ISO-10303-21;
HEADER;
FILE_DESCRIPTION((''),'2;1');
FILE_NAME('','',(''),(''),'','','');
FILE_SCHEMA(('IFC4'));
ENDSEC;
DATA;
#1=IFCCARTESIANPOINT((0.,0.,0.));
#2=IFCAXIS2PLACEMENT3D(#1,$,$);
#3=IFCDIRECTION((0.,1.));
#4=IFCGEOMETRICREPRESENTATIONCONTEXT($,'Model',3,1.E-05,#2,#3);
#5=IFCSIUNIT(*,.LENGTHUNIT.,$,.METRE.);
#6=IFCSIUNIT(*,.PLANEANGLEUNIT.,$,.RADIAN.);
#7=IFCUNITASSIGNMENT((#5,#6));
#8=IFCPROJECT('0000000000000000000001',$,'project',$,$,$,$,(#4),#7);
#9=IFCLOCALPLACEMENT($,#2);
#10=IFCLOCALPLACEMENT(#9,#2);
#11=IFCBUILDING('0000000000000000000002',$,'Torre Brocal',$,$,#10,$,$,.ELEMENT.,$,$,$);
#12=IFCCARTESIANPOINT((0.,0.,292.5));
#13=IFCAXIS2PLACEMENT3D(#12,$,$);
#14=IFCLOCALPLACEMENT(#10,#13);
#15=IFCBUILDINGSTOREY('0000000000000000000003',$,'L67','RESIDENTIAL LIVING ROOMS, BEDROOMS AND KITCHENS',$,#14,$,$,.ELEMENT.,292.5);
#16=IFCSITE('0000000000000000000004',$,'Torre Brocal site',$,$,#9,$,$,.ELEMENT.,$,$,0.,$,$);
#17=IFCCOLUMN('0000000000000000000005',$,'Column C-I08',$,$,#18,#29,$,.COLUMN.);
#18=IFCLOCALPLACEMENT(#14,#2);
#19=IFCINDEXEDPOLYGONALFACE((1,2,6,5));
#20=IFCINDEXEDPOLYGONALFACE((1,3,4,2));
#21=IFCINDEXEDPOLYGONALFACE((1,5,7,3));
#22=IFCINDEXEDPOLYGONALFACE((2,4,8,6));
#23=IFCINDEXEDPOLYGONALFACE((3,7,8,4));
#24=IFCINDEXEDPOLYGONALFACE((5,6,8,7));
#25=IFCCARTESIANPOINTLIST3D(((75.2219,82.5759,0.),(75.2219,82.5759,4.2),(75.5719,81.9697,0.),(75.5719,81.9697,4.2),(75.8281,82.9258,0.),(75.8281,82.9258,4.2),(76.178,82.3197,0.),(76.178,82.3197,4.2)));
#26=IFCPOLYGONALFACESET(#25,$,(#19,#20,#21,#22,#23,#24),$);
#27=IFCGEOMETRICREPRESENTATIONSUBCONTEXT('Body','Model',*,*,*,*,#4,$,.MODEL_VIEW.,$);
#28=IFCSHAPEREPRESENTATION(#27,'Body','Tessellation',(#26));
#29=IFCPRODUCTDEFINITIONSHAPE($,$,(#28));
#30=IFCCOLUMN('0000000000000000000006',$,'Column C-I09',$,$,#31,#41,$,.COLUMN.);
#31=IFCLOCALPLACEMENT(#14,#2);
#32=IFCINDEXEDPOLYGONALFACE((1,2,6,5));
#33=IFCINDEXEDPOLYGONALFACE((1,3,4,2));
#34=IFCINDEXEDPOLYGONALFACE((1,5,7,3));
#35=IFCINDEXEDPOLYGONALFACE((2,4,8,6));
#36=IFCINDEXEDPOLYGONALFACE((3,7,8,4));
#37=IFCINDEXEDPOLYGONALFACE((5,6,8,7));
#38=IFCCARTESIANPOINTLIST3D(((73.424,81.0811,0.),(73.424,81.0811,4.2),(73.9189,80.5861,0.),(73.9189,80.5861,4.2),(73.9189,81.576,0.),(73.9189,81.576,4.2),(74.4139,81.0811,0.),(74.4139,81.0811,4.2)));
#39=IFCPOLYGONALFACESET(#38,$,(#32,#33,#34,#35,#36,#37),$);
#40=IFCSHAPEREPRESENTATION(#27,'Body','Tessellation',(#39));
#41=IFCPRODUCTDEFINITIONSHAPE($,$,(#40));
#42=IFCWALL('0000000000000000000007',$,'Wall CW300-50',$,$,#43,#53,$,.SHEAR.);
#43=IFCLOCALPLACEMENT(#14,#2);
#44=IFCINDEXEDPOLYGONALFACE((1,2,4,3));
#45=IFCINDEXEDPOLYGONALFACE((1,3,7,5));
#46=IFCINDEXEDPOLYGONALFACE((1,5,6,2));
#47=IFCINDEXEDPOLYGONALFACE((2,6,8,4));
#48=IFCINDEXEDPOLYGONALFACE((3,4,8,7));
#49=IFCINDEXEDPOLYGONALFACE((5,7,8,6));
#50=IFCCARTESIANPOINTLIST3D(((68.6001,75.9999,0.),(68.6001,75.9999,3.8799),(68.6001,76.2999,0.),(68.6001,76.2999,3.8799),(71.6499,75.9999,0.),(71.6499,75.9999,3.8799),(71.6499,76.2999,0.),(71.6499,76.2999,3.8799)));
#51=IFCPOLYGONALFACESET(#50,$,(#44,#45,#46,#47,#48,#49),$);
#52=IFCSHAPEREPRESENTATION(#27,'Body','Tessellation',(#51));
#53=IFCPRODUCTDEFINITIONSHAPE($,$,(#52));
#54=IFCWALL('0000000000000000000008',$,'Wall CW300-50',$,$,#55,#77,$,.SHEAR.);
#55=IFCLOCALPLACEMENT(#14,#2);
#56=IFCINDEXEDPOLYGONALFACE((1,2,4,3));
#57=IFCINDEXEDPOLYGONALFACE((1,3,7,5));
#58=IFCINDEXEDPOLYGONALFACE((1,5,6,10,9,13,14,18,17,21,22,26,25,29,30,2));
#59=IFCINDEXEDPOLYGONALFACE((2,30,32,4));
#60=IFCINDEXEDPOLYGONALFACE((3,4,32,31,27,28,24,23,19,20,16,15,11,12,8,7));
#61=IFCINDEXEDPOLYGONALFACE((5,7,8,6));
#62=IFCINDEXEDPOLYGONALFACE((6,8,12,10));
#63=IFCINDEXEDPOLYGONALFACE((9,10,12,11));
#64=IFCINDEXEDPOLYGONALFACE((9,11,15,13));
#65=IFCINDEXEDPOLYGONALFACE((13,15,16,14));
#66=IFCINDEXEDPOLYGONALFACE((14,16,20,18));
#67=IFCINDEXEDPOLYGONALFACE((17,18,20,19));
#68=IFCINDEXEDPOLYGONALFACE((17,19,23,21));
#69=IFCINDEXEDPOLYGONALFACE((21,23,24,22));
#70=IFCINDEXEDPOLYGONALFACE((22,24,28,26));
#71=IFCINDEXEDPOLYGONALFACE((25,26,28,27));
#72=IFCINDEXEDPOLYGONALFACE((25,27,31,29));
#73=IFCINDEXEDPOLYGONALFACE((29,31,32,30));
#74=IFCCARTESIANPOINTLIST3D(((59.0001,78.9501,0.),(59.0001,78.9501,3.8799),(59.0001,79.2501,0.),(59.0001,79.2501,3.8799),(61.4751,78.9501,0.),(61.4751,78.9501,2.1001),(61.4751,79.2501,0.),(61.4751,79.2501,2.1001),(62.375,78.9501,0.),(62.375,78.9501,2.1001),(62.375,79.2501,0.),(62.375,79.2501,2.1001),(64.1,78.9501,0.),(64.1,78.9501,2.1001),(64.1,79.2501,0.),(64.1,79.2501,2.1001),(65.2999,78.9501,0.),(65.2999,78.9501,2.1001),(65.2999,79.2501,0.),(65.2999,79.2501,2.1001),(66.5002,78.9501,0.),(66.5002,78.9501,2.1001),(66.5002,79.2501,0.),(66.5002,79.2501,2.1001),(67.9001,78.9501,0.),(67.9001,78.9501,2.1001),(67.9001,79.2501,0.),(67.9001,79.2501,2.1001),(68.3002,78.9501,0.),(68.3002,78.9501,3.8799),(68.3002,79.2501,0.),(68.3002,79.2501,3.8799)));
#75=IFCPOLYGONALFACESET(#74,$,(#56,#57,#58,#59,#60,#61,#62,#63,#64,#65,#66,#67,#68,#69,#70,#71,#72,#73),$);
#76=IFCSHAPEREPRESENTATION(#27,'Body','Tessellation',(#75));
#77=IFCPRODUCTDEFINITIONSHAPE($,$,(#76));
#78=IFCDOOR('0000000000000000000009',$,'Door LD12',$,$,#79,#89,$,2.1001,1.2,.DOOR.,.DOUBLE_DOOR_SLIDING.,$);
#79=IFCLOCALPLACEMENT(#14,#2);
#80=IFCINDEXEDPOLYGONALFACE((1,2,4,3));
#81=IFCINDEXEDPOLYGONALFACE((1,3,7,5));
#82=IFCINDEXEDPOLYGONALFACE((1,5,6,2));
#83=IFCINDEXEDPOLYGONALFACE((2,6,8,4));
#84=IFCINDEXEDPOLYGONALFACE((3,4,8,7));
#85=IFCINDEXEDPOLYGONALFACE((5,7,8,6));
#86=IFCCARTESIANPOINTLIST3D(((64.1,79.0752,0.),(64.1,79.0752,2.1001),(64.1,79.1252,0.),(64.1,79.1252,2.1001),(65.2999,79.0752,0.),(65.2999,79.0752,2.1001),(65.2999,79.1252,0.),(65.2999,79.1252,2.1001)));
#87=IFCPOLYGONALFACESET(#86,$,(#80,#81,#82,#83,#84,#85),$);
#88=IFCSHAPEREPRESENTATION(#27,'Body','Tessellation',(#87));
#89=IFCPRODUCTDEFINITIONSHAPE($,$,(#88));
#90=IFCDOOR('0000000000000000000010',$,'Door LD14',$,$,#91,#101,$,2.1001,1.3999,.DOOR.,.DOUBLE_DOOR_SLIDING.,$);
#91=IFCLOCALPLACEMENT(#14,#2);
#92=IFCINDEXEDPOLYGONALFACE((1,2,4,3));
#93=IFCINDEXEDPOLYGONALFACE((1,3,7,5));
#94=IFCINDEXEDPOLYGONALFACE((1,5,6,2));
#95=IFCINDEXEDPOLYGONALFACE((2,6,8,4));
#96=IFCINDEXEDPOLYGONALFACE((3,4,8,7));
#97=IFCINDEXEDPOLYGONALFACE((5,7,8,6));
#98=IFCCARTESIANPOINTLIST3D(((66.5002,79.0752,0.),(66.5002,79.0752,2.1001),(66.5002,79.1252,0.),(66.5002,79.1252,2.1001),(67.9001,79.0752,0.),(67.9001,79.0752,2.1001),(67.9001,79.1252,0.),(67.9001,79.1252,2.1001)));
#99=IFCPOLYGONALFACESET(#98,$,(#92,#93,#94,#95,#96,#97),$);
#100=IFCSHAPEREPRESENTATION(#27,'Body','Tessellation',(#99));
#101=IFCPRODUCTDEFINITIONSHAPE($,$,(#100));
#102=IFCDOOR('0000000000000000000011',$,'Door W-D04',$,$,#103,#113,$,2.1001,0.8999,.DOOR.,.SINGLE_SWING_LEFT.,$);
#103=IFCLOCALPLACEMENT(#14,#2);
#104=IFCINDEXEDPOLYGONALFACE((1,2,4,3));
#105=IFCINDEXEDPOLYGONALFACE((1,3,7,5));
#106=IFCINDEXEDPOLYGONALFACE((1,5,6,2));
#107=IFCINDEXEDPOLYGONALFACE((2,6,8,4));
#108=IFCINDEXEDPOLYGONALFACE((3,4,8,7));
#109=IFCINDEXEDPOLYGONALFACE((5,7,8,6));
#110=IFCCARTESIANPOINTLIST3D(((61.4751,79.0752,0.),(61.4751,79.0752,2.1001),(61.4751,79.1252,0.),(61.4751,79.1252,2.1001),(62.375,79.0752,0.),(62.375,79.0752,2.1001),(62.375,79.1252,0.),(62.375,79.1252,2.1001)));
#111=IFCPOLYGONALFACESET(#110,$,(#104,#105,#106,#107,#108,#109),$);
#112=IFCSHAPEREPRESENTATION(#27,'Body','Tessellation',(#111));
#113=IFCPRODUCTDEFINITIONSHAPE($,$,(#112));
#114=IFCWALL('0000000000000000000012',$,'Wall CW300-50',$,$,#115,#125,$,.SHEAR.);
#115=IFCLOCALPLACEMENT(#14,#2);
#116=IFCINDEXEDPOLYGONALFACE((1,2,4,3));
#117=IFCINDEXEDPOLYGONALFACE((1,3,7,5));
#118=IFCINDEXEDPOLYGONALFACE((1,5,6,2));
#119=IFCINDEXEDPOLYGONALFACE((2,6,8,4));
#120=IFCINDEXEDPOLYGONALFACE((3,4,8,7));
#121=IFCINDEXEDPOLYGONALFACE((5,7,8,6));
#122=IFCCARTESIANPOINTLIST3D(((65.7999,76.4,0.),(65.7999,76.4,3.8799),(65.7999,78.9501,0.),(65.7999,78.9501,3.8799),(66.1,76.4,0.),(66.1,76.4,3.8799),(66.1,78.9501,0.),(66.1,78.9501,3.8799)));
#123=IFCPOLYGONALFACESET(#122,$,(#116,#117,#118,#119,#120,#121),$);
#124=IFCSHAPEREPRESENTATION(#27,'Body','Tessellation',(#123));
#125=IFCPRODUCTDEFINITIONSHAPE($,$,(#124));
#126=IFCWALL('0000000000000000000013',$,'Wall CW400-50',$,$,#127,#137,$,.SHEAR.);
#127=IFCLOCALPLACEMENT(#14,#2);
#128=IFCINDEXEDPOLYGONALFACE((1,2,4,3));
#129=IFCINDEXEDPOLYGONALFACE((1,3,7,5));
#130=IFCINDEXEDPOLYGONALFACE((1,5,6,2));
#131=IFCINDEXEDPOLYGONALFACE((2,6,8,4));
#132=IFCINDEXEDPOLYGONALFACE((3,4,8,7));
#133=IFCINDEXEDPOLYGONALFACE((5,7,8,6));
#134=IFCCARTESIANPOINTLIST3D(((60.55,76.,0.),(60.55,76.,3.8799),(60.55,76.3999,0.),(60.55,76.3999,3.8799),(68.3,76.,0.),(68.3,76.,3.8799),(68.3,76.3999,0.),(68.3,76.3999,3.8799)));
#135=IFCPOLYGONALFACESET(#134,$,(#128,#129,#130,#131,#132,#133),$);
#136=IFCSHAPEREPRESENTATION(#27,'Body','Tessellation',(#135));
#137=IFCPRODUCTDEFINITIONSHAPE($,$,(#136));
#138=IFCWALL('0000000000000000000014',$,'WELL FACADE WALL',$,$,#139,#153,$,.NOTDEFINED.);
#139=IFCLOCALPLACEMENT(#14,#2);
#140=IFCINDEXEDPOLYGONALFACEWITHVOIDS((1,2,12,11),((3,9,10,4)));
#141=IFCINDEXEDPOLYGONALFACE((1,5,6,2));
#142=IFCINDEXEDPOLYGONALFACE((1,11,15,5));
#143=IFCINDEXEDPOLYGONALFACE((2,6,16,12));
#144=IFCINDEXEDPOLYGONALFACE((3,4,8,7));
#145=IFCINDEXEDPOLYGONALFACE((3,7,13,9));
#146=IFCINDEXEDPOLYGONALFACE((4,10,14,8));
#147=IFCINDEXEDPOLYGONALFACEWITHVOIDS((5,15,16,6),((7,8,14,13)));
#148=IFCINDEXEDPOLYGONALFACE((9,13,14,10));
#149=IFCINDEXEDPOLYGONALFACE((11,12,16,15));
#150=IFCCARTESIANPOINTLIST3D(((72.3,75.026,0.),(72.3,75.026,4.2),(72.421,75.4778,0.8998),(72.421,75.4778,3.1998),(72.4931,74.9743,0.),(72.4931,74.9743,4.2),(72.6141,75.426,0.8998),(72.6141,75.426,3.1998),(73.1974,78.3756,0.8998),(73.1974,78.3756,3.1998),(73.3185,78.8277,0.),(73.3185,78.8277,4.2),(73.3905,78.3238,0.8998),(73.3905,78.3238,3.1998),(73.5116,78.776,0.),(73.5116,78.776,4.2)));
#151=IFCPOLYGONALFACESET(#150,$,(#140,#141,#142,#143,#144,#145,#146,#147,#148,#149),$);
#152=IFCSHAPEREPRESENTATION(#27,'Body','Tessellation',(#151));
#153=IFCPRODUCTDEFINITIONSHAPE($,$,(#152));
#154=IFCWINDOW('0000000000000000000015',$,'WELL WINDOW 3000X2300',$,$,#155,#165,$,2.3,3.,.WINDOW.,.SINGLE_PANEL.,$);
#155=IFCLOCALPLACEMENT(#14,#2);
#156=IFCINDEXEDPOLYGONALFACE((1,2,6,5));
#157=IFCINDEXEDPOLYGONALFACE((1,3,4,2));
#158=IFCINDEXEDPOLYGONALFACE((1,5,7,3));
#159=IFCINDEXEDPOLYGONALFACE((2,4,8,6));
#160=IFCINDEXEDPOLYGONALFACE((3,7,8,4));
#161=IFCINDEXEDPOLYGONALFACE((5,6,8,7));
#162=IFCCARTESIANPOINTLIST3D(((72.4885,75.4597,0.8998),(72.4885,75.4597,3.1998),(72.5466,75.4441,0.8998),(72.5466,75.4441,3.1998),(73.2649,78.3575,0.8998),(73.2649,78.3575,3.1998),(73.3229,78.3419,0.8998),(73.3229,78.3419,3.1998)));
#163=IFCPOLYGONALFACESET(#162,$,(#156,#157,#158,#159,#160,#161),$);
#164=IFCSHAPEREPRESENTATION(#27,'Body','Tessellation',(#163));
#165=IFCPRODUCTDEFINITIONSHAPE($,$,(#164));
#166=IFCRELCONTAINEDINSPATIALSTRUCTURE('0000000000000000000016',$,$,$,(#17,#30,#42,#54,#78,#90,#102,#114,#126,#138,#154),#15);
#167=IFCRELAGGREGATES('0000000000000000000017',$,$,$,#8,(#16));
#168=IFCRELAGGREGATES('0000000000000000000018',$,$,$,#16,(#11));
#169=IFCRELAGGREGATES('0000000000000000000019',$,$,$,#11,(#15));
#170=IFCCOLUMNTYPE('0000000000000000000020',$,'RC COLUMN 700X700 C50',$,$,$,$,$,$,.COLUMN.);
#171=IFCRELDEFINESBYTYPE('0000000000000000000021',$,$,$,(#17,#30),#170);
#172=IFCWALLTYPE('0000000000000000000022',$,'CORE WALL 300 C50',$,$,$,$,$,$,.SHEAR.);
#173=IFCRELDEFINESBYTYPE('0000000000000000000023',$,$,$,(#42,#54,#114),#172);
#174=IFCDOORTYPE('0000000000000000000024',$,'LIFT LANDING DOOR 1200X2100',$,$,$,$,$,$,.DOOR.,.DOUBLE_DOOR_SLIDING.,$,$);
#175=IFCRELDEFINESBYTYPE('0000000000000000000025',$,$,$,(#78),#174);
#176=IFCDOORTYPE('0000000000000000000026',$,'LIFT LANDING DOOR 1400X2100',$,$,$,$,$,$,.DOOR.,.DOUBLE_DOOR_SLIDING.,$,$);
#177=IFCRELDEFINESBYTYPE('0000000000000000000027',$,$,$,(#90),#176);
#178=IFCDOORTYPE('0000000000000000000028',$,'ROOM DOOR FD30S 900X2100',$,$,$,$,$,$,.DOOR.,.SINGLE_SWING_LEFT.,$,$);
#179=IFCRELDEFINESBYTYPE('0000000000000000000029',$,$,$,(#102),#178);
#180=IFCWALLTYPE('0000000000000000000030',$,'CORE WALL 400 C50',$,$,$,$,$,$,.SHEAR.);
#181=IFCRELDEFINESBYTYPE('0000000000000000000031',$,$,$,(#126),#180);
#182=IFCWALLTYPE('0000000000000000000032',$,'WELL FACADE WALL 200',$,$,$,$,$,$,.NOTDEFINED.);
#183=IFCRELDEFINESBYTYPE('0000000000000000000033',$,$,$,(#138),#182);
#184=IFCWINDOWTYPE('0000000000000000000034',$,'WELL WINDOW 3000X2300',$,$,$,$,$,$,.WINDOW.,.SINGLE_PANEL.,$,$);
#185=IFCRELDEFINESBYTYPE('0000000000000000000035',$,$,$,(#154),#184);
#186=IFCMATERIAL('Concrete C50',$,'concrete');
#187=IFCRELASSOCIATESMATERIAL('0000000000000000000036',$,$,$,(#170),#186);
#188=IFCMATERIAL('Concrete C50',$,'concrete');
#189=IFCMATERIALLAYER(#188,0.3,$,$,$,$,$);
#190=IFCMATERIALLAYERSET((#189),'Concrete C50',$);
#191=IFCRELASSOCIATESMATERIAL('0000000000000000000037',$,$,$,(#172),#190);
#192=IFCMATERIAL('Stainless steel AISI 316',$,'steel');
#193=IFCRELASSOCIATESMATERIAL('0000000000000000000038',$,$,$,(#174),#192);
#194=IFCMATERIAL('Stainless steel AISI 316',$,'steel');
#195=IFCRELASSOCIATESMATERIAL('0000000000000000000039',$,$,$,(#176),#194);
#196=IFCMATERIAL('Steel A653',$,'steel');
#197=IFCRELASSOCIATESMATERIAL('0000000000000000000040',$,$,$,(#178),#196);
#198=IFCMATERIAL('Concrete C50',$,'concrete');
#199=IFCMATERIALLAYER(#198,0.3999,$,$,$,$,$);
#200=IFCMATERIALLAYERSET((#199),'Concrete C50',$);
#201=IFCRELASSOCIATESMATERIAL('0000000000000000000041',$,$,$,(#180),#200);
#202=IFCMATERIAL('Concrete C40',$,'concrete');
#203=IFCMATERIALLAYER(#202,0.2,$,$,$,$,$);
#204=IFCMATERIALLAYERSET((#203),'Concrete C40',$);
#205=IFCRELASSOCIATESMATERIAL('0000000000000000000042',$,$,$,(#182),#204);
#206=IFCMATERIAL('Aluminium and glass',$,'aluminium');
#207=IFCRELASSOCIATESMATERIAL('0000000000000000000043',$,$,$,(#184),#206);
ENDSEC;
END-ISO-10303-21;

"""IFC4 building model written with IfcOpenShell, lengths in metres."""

from ifc_helpers import new_model, si_unit, direction, frame, frame_2d, origin, origin_2d, place, context, subcontext, project, spatial, rectangle, extrude, material, layer, layer_set, material_profile, profile_set, type_object, element, fill, save


model = new_model("IFC4")

# Units and contexts
model_context = context("Model", 3, precision=1e-05, world=origin(), true_north=direction((0.0, 1.0)))
body_context = subcontext(model_context, "Body", "Model", "MODEL_VIEW")
ifc_project = project(units=[si_unit("LENGTHUNIT", "METRE"), si_unit("PLANEANGLEUNIT", "RADIAN")], contexts=[model_context])

# Site, building, storey
site_placement = place(None, origin())
site = spatial("IfcSite", under=ifc_project, at=site_placement, Name="Torre Brocal site", CompositionType="ELEMENT", RefElevation=0.0)
building_placement = place(site_placement, origin())
building = spatial("IfcBuilding", under=site, at=building_placement, Name="Torre Brocal", CompositionType="ELEMENT")
storey_placement = place(building_placement, frame((0.0, 0.0, 292.5)))
storey = spatial("IfcBuildingStorey", under=building, at=storey_placement, Name="L67", Description="RESIDENTIAL LIVING ROOMS, BEDROOMS AND KITCHENS", CompositionType="ELEMENT", Elevation=292.5)

# Columns
ifc_material_1 = material(Name="Concrete C50", Category="concrete")
ifc_material_profile = material_profile(ifc_material_1, rectangle(XDim=0.7, YDim=0.7, at=origin_2d()), Name="RC 700X700")
ifc_profile_set = profile_set([ifc_material_profile], Name="Concrete C50")
column_type = type_object("IfcColumnType", Name="RC COLUMN 700X700 C50", PredefinedType="COLUMN", material=ifc_profile_set)
for number, where, z_axis, x_axis, name in (
    (1, (75.7, 82.4478, 0.0), (0.0, 0.0, 1.0), (-0.5, 0.866025, 0.0), "Column C-I08"),
    (2, (73.9189, 81.0811, 0.0), (0.0, 0.0, 1.0), (-0.707107, 0.707107, 0.0), "Column C-I09"),
):
    element("IfcColumn", number, at=place(storey_placement, frame(where, z_axis=z_axis, x_axis=x_axis)), inside=storey, type_object=column_type, Name=name, PredefinedType="COLUMN", context=body_context, shape_type="SweptSolid", body=[
        extrude(rectangle(XDim=0.7, YDim=0.7, at=origin_2d()), origin(), (0.0, 0.0, 1.0), 4.2),
    ])

# Wall
ifc_material_2 = material(Name="Concrete C50", Category="concrete")
ifc_layer_1 = layer(ifc_material_2, 0.3)
ifc_layer_set_1 = layer_set([ifc_layer_1], Name="Concrete C50")
wall_type_1 = type_object("IfcWallType", Name="CORE WALL 300 C50", PredefinedType="SHEAR", material=ifc_layer_set_1)
wall_1_placement = place(storey_placement, frame((71.6499, 76.1499, 0.0), z_axis=(0.0, 0.0, 1.0), x_axis=(-1.0, 0.0, 0.0)))
element("IfcWall", 3, at=wall_1_placement, inside=storey, type_object=wall_type_1, Name="Wall CW300-50", PredefinedType="SHEAR", context=body_context, shape_type="SweptSolid", body=[
    extrude(rectangle(XDim=3.0498, YDim=0.3, at=frame_2d((1.5249, 0.0))), origin(), (0.0, 0.0, 1.0), 3.8799),
])

# Wall, openings, doors
wall_2_placement = place(storey_placement, frame((68.3, 79.1001, 0.0), z_axis=(0.0, 0.0, 1.0), x_axis=(-1.0, 0.0, 0.0)))
wall_2 = element("IfcWall", 4, at=wall_2_placement, inside=storey, type_object=wall_type_1, Name="Wall CW300-50", PredefinedType="SHEAR", context=body_context, shape_type="SweptSolid", body=[
    extrude(rectangle(XDim=9.3, YDim=0.3, at=frame_2d((4.6499, 0.0))), origin(), (0.0, 0.0, 1.0), 3.8799),
])
opening_1_placement = place(wall_2_placement, frame((0.3999, 0.0, 0.0)))
opening_1 = element("IfcOpeningElement", 5, at=opening_1_placement, cuts=wall_2, PredefinedType="OPENING", context=body_context, shape_type="SweptSolid", body=[
    extrude(rectangle(XDim=1.3999, YDim=2.1001, at=frame_2d((0.7, 1.05))), frame((0.0, 0.1599, 0.0), z_axis=(0.0, -1.0, 0.0), x_axis=(1.0, 0.0, 0.0)), (0.0, 0.0, 1.0), 0.3201),
])
opening_2_placement = place(wall_2_placement, frame((3.0, 0.0, 0.0)))
opening_2 = element("IfcOpeningElement", 6, at=opening_2_placement, cuts=wall_2, PredefinedType="OPENING", context=body_context, shape_type="SweptSolid", body=[
    extrude(rectangle(XDim=1.2, YDim=2.1001, at=frame_2d((0.6001, 1.05))), frame((0.0, 0.1599, 0.0), z_axis=(0.0, -1.0, 0.0), x_axis=(1.0, 0.0, 0.0)), (0.0, 0.0, 1.0), 0.3201),
])
opening_3_placement = place(wall_2_placement, frame((5.925, 0.0, 0.0)))
opening_3 = element("IfcOpeningElement", 7, at=opening_3_placement, cuts=wall_2, PredefinedType="OPENING", context=body_context, shape_type="SweptSolid", body=[
    extrude(rectangle(XDim=0.8999, YDim=2.1001, at=frame_2d((0.45, 1.05))), frame((0.0, 0.1599, 0.0), z_axis=(0.0, -1.0, 0.0), x_axis=(1.0, 0.0, 0.0)), (0.0, 0.0, 1.0), 0.3201),
])
ifc_material_3 = material(Name="Stainless steel AISI 316", Category="steel")
door_type_1 = type_object("IfcDoorType", Name="LIFT LANDING DOOR 1200X2100", OperationType="DOUBLE_DOOR_SLIDING", PredefinedType="DOOR", material=ifc_material_3)
door_1_placement = place(opening_2_placement, origin())
door_1 = element("IfcDoor", 8, at=door_1_placement, inside=storey, type_object=door_type_1, Name="Door LD12", OperationType="DOUBLE_DOOR_SLIDING", OverallHeight=2.1001, OverallWidth=1.2, PredefinedType="DOOR", context=body_context, shape_type="SweptSolid", body=[
    extrude(rectangle(XDim=1.2, YDim=2.1001, at=frame_2d((0.6001, 1.05))), frame((0.0, 0.0249, 0.0), z_axis=(0.0, -1.0, 0.0), x_axis=(1.0, 0.0, 0.0)), (0.0, 0.0, 1.0), 0.05),
])
fill(opening_2, door_1)
ifc_material_4 = material(Name="Stainless steel AISI 316", Category="steel")
door_type_2 = type_object("IfcDoorType", Name="LIFT LANDING DOOR 1400X2100", OperationType="DOUBLE_DOOR_SLIDING", PredefinedType="DOOR", material=ifc_material_4)
door_2_placement = place(opening_1_placement, origin())
door_2 = element("IfcDoor", 9, at=door_2_placement, inside=storey, type_object=door_type_2, Name="Door LD14", OperationType="DOUBLE_DOOR_SLIDING", OverallHeight=2.1001, OverallWidth=1.3999, PredefinedType="DOOR", context=body_context, shape_type="SweptSolid", body=[
    extrude(rectangle(XDim=1.3999, YDim=2.1001, at=frame_2d((0.7, 1.05))), frame((0.0, 0.0249, 0.0), z_axis=(0.0, -1.0, 0.0), x_axis=(1.0, 0.0, 0.0)), (0.0, 0.0, 1.0), 0.05),
])
fill(opening_1, door_2)
ifc_material_5 = material(Name="Steel A653", Category="steel")
door_type_3 = type_object("IfcDoorType", Name="ROOM DOOR FD30S 900X2100", OperationType="SINGLE_SWING_LEFT", PredefinedType="DOOR", material=ifc_material_5)
door_3_placement = place(opening_3_placement, origin())
door_3 = element("IfcDoor", 10, at=door_3_placement, inside=storey, type_object=door_type_3, Name="Door W-D04", OperationType="SINGLE_SWING_LEFT", OverallHeight=2.1001, OverallWidth=0.8999, PredefinedType="DOOR", context=body_context, shape_type="SweptSolid", body=[
    extrude(rectangle(XDim=0.8999, YDim=2.1001, at=frame_2d((0.45, 1.05))), frame((0.0, 0.0249, 0.0), z_axis=(0.0, -1.0, 0.0), x_axis=(1.0, 0.0, 0.0)), (0.0, 0.0, 1.0), 0.05),
])
fill(opening_3, door_3)

# Walls
wall_3_placement = place(storey_placement, frame((65.95, 78.95, 0.0), z_axis=(0.0, 0.0, 1.0), x_axis=(0.0, -1.0, 0.0)))
element("IfcWall", 11, at=wall_3_placement, inside=storey, type_object=wall_type_1, Name="Wall CW300-50", PredefinedType="SHEAR", context=body_context, shape_type="SweptSolid", body=[
    extrude(rectangle(XDim=2.55, YDim=0.3, at=frame_2d((1.2749, 0.0))), origin(), (0.0, 0.0, 1.0), 3.8799),
])
ifc_material_6 = material(Name="Concrete C50", Category="concrete")
ifc_layer_2 = layer(ifc_material_6, 0.3999)
ifc_layer_set_2 = layer_set([ifc_layer_2], Name="Concrete C50")
wall_type_2 = type_object("IfcWallType", Name="CORE WALL 400 C50", PredefinedType="SHEAR", material=ifc_layer_set_2)
wall_4_placement = place(storey_placement, frame((68.3, 76.2, 0.0), z_axis=(0.0, 0.0, 1.0), x_axis=(-1.0, 0.0, 0.0)))
element("IfcWall", 12, at=wall_4_placement, inside=storey, type_object=wall_type_2, Name="Wall CW400-50", PredefinedType="SHEAR", context=body_context, shape_type="SweptSolid", body=[
    extrude(rectangle(XDim=7.75, YDim=0.3999, at=frame_2d((3.875, 0.0))), origin(), (0.0, 0.0, 1.0), 3.8799),
])

# Wall, opening, window
ifc_material_7 = material(Name="Concrete C40", Category="concrete")
ifc_layer_3 = layer(ifc_material_7, 0.2)
ifc_layer_set_3 = layer_set([ifc_layer_3], Name="Concrete C40")
wall_type_3 = type_object("IfcWallType", Name="WELL FACADE WALL 200", PredefinedType="NOTDEFINED", material=ifc_layer_set_3)
wall_5_placement = place(storey_placement, frame((73.415, 78.8018, 0.0), z_axis=(0.0, 0.0, 1.0), x_axis=(-0.25879, -0.965934, 0.0)))
wall_5 = element("IfcWall", 13, at=wall_5_placement, inside=storey, type_object=wall_type_3, Name="WELL FACADE WALL", PredefinedType="NOTDEFINED", context=body_context, shape_type="SweptSolid", body=[
    extrude(rectangle(XDim=3.9358, YDim=0.2, at=frame_2d((1.9678, 0.0))), origin(), (0.0, 0.0, 1.0), 4.2),
])
opening_4_placement = place(wall_5_placement, frame((0.468, 0.0, 0.8999)))
opening_4 = element("IfcOpeningElement", 14, at=opening_4_placement, cuts=wall_5, PredefinedType="OPENING", context=body_context, shape_type="SweptSolid", body=[
    extrude(rectangle(XDim=3.0, YDim=2.3, at=frame_2d((1.5, 1.1499))), frame((0.0, 0.1099, 0.0), z_axis=(0.0, -1.0, 0.0), x_axis=(1.0, 0.0, 0.0)), (0.0, 0.0, 1.0), 0.22),
])
ifc_material_8 = material(Name="Aluminium and glass", Category="aluminium")
window_type = type_object("IfcWindowType", Name="WELL WINDOW 3000X2300", PartitioningType="SINGLE_PANEL", PredefinedType="WINDOW", material=ifc_material_8)
window_placement = place(opening_4_placement, origin())
window = element("IfcWindow", 15, at=window_placement, inside=storey, type_object=window_type, Name="WELL WINDOW 3000X2300", OverallHeight=2.3, OverallWidth=3.0, PartitioningType="SINGLE_PANEL", PredefinedType="WINDOW", context=body_context, shape_type="SweptSolid", body=[
    extrude(rectangle(XDim=3.0, YDim=2.3, at=frame_2d((1.5, 1.1499))), frame((0.0, 0.03, 0.0), z_axis=(0.0, -1.0, 0.0), x_axis=(1.0, 0.0, 0.0)), (0.0, 0.0, 1.0), 0.0601),
])
fill(opening_4, window)

save(model, "model.ifc")
